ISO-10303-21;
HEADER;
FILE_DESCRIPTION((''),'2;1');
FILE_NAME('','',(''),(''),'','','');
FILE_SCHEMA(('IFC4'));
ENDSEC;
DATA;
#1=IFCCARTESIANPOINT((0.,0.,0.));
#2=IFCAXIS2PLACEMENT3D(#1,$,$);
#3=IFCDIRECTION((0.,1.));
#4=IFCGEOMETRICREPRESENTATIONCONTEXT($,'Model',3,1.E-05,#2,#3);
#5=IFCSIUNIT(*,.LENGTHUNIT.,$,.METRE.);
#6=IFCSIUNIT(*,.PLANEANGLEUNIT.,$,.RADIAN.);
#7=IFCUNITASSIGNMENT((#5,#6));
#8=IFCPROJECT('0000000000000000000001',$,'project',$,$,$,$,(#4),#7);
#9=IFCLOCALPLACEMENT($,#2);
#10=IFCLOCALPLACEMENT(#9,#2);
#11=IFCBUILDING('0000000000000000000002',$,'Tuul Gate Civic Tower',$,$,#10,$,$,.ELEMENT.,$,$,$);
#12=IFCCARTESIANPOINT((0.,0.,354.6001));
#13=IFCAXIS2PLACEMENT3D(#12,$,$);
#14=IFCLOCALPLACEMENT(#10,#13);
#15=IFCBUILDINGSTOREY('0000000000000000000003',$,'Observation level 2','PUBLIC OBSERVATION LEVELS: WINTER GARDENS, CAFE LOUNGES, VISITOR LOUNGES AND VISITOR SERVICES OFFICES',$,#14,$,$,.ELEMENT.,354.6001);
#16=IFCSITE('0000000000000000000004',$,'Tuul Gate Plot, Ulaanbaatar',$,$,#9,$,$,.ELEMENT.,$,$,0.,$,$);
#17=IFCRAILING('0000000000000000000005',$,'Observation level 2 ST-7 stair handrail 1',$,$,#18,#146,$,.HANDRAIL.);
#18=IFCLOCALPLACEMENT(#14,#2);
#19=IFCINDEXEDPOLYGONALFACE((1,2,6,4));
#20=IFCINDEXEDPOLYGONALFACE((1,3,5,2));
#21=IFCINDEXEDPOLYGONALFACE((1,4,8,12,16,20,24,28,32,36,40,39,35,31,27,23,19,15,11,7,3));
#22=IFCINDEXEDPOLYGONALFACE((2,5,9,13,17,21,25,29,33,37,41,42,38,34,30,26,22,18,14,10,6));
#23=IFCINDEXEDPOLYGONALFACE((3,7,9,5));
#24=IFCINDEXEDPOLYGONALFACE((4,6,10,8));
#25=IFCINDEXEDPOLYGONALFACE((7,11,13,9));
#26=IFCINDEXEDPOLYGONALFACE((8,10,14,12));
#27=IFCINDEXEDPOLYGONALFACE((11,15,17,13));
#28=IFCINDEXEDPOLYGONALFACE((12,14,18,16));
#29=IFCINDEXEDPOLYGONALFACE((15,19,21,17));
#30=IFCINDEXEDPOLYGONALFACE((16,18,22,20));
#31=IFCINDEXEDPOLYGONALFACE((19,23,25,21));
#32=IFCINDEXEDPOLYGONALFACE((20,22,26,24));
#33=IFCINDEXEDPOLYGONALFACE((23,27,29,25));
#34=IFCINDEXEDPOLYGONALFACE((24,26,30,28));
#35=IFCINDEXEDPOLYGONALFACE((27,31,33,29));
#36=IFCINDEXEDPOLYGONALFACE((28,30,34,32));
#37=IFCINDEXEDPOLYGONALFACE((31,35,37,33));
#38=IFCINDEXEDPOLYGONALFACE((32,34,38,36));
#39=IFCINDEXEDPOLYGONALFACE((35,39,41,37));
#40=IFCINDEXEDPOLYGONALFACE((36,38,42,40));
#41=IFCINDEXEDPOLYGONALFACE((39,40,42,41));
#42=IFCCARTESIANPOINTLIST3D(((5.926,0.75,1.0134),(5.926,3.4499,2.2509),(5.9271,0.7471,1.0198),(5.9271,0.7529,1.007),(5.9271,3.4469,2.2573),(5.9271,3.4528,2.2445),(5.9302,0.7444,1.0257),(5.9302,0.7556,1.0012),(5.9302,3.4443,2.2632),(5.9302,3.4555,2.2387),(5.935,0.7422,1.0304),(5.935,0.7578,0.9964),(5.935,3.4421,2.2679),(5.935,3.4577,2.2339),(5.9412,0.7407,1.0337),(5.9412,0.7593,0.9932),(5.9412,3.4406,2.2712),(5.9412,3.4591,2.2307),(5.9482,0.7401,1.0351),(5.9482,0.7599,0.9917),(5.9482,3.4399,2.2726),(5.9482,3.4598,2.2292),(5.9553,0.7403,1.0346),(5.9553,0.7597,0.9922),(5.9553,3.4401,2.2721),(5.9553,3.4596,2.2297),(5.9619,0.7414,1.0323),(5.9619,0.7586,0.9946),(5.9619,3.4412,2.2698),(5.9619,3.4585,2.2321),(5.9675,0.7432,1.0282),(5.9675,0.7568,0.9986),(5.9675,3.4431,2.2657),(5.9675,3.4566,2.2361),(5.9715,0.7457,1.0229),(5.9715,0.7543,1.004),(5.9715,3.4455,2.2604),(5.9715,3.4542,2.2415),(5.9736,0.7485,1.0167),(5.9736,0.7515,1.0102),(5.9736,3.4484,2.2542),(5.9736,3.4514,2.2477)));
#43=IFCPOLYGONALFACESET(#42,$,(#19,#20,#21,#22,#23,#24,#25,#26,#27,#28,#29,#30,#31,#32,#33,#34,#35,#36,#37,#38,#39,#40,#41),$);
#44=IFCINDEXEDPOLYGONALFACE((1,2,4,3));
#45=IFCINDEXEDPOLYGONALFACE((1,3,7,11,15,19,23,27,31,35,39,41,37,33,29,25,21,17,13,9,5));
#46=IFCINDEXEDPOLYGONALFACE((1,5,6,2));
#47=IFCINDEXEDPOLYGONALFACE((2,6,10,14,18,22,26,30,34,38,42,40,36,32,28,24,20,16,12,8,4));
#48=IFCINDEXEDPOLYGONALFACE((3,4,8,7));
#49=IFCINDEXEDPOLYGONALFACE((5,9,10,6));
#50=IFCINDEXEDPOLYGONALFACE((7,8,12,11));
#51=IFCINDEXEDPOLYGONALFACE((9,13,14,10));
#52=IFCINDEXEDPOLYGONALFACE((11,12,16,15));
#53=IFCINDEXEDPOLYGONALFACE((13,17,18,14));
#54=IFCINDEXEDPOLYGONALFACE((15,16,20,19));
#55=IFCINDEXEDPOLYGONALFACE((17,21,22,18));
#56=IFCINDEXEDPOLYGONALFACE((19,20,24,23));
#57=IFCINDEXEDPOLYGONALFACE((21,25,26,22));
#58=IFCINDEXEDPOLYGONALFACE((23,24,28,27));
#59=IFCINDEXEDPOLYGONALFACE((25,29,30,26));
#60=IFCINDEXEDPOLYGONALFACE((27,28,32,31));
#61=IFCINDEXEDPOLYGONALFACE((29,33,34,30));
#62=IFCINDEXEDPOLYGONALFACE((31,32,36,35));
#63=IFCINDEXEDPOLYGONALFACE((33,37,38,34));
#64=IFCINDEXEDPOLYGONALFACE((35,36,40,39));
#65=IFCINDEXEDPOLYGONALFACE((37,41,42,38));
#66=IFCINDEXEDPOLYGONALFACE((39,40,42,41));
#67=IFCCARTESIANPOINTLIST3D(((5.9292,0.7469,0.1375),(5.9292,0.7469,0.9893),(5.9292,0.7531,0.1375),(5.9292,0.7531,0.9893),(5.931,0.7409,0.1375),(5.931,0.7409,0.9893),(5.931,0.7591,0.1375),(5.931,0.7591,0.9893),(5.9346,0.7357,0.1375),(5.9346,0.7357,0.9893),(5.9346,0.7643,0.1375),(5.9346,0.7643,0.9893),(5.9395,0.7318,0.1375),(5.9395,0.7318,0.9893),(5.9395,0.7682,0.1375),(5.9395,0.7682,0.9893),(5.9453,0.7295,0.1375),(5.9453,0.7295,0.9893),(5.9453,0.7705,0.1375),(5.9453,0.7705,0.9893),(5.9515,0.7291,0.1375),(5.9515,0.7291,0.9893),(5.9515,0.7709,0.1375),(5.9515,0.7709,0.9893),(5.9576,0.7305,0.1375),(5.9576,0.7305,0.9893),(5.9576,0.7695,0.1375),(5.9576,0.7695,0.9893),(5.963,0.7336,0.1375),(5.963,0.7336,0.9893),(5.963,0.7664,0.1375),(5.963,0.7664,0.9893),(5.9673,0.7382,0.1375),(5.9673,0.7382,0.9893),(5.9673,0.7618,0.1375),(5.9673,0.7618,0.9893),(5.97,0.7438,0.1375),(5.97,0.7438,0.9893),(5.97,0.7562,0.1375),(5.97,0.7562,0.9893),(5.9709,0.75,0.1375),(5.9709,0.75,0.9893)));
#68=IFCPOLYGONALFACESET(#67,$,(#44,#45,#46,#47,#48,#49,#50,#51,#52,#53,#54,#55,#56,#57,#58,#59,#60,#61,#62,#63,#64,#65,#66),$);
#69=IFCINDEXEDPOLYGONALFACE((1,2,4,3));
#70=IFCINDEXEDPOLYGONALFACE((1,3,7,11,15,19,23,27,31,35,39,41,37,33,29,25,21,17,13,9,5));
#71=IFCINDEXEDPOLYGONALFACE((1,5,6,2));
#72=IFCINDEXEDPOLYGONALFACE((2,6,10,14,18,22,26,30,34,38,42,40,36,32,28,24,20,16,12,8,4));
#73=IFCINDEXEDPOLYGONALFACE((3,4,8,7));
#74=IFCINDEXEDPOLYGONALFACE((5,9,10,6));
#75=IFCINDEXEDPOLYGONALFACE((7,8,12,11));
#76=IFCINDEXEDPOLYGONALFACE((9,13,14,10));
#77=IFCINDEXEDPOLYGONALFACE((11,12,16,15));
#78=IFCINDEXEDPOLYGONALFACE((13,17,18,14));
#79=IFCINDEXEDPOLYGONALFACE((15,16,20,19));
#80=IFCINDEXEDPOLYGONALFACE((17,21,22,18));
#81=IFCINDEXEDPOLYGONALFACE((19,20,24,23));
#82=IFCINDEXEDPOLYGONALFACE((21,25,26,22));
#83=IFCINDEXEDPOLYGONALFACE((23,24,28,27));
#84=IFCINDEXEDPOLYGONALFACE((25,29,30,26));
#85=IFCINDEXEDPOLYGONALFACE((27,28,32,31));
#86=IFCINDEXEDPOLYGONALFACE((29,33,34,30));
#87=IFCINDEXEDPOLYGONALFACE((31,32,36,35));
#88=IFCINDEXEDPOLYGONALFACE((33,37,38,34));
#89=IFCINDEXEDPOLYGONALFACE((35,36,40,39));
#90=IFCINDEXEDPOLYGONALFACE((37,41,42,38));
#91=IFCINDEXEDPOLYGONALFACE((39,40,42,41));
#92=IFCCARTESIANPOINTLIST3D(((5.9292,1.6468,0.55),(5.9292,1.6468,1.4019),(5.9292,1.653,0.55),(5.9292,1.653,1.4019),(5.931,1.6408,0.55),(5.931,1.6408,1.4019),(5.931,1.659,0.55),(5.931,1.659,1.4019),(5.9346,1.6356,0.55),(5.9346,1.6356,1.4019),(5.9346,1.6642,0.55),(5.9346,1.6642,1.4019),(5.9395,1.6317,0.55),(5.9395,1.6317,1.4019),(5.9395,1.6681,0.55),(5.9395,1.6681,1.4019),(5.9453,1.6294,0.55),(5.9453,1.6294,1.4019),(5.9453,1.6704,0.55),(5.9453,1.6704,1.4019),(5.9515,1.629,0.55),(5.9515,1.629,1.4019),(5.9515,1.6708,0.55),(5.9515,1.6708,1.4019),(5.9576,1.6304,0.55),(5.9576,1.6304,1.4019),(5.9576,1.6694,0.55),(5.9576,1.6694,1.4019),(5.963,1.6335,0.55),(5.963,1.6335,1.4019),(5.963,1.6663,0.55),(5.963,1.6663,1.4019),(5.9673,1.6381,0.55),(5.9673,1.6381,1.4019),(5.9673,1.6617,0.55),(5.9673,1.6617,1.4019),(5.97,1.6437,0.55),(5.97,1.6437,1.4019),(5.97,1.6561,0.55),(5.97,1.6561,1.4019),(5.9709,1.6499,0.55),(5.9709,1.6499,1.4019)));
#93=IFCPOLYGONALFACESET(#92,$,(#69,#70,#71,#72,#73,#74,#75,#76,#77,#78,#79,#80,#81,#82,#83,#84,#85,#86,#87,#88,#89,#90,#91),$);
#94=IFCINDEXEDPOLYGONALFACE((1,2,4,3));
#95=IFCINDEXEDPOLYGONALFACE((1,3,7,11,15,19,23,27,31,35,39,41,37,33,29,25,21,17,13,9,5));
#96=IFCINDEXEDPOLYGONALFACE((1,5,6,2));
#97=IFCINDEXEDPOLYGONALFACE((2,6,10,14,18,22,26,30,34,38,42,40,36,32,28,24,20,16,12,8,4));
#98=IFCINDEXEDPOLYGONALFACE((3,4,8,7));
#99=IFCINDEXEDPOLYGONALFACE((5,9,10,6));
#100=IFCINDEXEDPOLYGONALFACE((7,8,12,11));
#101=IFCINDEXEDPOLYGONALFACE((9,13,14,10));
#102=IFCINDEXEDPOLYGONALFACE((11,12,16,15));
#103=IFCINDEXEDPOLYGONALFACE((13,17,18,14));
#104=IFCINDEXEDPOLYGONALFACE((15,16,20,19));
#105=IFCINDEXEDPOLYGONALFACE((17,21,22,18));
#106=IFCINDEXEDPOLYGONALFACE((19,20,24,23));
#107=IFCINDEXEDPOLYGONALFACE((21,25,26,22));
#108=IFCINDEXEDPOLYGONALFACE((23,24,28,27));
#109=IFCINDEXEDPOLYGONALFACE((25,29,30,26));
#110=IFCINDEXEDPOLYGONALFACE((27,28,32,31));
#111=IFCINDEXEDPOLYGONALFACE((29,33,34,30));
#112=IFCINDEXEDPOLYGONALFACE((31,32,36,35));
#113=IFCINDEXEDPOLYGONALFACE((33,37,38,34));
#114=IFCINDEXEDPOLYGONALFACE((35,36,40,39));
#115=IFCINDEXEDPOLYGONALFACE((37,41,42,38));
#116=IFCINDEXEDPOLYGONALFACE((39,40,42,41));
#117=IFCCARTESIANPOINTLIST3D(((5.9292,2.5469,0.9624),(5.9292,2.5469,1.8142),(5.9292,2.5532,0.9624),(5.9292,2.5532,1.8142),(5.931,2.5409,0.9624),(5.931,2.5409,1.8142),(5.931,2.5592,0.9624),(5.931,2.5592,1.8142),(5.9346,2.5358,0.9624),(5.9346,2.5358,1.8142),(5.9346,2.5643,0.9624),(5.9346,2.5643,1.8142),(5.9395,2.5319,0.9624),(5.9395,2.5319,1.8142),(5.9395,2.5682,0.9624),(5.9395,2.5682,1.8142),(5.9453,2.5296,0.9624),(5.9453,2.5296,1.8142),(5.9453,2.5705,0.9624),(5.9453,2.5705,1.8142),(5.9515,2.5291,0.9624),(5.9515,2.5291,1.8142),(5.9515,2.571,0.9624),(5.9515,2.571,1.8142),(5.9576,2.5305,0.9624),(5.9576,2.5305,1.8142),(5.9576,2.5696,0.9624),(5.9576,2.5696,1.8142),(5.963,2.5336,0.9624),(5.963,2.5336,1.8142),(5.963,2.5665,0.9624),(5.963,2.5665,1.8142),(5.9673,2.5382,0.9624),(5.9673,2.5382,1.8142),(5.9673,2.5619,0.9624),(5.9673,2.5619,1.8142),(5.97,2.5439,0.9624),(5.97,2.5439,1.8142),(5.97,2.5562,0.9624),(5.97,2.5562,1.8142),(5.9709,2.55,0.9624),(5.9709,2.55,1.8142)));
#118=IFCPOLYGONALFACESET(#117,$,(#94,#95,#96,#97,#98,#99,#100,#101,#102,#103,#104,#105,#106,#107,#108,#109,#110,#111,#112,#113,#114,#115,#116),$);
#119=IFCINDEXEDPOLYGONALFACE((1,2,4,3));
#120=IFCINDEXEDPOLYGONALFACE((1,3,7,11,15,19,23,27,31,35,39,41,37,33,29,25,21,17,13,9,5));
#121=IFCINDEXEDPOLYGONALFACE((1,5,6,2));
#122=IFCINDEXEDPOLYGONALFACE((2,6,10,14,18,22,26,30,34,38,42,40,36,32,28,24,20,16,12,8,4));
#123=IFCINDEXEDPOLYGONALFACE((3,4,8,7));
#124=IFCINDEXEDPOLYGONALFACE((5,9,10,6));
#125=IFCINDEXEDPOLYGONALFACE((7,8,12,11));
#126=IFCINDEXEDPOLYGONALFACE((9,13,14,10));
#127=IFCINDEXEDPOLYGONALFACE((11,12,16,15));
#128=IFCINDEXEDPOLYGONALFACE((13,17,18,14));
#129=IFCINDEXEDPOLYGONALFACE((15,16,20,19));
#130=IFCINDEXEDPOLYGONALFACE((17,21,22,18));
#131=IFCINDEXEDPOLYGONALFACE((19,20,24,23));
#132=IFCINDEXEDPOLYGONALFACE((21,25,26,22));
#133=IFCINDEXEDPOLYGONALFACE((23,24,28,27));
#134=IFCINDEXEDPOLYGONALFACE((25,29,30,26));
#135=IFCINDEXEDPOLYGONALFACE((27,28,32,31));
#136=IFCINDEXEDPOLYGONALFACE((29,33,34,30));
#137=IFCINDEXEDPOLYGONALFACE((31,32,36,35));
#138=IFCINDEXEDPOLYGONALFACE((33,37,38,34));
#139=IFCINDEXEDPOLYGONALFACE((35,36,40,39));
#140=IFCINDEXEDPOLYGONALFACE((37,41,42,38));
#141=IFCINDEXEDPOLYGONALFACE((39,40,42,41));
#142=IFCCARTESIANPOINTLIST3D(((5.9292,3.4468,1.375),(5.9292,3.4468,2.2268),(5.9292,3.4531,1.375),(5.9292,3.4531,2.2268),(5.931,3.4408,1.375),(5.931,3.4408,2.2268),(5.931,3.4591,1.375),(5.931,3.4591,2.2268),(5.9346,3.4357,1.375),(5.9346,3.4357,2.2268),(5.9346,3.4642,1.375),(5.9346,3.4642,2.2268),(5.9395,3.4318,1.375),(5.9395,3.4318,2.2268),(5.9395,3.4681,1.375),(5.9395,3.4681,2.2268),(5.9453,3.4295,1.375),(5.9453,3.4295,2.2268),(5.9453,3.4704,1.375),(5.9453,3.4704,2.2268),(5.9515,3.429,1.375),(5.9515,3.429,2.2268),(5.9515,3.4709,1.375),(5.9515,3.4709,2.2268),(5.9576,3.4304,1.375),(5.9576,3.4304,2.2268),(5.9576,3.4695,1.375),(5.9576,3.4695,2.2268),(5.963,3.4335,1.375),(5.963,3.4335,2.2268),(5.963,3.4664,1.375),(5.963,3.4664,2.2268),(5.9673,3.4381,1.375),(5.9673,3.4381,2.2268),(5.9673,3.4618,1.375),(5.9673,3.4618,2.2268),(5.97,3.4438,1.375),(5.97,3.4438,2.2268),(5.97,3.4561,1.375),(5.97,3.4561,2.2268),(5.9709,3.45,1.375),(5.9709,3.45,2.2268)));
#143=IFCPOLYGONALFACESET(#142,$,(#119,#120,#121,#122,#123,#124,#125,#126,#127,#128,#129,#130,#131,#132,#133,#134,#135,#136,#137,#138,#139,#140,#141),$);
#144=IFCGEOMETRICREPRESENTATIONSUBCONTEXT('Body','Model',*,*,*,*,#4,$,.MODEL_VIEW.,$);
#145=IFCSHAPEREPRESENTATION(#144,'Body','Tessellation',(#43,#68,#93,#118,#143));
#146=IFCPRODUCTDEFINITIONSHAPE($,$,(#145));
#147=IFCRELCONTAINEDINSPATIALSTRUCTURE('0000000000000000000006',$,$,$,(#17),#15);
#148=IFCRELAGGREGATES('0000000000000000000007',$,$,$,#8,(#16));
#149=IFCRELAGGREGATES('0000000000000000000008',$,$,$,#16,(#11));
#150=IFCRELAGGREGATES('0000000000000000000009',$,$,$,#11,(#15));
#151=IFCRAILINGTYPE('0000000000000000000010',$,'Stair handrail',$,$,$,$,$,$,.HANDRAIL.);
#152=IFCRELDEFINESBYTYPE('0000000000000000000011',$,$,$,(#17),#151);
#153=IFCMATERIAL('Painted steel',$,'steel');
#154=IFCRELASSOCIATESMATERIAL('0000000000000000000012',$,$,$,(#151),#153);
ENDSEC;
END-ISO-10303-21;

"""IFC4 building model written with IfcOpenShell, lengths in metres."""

from ifc_helpers import new_model, si_unit, direction, frame, origin, origin_2d, place, context, subcontext, project, spatial, circle, extrude, material, type_object, element, save


model = new_model("IFC4")

# Units and contexts
model_context = context("Model", 3, precision=1e-05, world=origin(), true_north=direction((0.0, 1.0)))
body_context = subcontext(model_context, "Body", "Model", "MODEL_VIEW")
ifc_project = project(units=[si_unit("LENGTHUNIT", "METRE"), si_unit("PLANEANGLEUNIT", "RADIAN")], contexts=[model_context])

# Site, building, storey
site_placement = place(None, origin())
site = spatial("IfcSite", under=ifc_project, at=site_placement, Name="Tuul Gate Plot, Ulaanbaatar", CompositionType="ELEMENT", RefElevation=0.0)
building_placement = place(site_placement, origin())
building = spatial("IfcBuilding", under=site, at=building_placement, Name="Tuul Gate Civic Tower", CompositionType="ELEMENT")
storey_placement = place(building_placement, frame((0.0, 0.0, 354.6001)))
storey = spatial("IfcBuildingStorey", under=building, at=storey_placement, Name="Observation level 2", Description="PUBLIC OBSERVATION LEVELS: WINTER GARDENS, CAFE LOUNGES, VISITOR LOUNGES AND VISITOR SERVICES OFFICES", CompositionType="ELEMENT", Elevation=354.6001)

# Railing
ifc_material_1 = material(Name="Painted steel", Category="steel")
railing_type_1 = type_object("IfcRailingType", Name="Stair handrail", PredefinedType="HANDRAIL", material=ifc_material_1)
for number, where, name in (
    (1, (5.95, 0.75, 0.1375), "Observation level 2 ST-7 stair handrail 1"),
):
    element("IfcRailing", number, at=place(storey_placement, frame(where)), inside=storey, type_object=railing_type_1, Name=name, PredefinedType="HANDRAIL", context=body_context, shape_type="SweptSolid", body=[
        extrude(circle(Radius=0.0239, at=origin_2d()), frame((0.0, 0.0, 0.876), z_axis=(0.0, 0.909056, 0.416675), x_axis=(-1.0, 0.0, 0.0)), (0.0, 0.0, 1.0), 2.97),
        extrude(circle(Radius=0.021, at=origin_2d()), origin(), (0.0, 0.0, 1.0), 0.8518),
        extrude(circle(Radius=0.021, at=origin_2d()), frame((0.0, 0.8999, 0.4126)), (0.0, 0.0, 1.0), 0.8518),
        extrude(circle(Radius=0.021, at=origin_2d()), frame((0.0, 1.8, 0.825)), (0.0, 0.0, 1.0), 0.8518),
        extrude(circle(Radius=0.021, at=origin_2d()), frame((0.0, 2.7, 1.2375)), (0.0, 0.0, 1.0), 0.8518),
    ])

save(model, "model.ifc")
